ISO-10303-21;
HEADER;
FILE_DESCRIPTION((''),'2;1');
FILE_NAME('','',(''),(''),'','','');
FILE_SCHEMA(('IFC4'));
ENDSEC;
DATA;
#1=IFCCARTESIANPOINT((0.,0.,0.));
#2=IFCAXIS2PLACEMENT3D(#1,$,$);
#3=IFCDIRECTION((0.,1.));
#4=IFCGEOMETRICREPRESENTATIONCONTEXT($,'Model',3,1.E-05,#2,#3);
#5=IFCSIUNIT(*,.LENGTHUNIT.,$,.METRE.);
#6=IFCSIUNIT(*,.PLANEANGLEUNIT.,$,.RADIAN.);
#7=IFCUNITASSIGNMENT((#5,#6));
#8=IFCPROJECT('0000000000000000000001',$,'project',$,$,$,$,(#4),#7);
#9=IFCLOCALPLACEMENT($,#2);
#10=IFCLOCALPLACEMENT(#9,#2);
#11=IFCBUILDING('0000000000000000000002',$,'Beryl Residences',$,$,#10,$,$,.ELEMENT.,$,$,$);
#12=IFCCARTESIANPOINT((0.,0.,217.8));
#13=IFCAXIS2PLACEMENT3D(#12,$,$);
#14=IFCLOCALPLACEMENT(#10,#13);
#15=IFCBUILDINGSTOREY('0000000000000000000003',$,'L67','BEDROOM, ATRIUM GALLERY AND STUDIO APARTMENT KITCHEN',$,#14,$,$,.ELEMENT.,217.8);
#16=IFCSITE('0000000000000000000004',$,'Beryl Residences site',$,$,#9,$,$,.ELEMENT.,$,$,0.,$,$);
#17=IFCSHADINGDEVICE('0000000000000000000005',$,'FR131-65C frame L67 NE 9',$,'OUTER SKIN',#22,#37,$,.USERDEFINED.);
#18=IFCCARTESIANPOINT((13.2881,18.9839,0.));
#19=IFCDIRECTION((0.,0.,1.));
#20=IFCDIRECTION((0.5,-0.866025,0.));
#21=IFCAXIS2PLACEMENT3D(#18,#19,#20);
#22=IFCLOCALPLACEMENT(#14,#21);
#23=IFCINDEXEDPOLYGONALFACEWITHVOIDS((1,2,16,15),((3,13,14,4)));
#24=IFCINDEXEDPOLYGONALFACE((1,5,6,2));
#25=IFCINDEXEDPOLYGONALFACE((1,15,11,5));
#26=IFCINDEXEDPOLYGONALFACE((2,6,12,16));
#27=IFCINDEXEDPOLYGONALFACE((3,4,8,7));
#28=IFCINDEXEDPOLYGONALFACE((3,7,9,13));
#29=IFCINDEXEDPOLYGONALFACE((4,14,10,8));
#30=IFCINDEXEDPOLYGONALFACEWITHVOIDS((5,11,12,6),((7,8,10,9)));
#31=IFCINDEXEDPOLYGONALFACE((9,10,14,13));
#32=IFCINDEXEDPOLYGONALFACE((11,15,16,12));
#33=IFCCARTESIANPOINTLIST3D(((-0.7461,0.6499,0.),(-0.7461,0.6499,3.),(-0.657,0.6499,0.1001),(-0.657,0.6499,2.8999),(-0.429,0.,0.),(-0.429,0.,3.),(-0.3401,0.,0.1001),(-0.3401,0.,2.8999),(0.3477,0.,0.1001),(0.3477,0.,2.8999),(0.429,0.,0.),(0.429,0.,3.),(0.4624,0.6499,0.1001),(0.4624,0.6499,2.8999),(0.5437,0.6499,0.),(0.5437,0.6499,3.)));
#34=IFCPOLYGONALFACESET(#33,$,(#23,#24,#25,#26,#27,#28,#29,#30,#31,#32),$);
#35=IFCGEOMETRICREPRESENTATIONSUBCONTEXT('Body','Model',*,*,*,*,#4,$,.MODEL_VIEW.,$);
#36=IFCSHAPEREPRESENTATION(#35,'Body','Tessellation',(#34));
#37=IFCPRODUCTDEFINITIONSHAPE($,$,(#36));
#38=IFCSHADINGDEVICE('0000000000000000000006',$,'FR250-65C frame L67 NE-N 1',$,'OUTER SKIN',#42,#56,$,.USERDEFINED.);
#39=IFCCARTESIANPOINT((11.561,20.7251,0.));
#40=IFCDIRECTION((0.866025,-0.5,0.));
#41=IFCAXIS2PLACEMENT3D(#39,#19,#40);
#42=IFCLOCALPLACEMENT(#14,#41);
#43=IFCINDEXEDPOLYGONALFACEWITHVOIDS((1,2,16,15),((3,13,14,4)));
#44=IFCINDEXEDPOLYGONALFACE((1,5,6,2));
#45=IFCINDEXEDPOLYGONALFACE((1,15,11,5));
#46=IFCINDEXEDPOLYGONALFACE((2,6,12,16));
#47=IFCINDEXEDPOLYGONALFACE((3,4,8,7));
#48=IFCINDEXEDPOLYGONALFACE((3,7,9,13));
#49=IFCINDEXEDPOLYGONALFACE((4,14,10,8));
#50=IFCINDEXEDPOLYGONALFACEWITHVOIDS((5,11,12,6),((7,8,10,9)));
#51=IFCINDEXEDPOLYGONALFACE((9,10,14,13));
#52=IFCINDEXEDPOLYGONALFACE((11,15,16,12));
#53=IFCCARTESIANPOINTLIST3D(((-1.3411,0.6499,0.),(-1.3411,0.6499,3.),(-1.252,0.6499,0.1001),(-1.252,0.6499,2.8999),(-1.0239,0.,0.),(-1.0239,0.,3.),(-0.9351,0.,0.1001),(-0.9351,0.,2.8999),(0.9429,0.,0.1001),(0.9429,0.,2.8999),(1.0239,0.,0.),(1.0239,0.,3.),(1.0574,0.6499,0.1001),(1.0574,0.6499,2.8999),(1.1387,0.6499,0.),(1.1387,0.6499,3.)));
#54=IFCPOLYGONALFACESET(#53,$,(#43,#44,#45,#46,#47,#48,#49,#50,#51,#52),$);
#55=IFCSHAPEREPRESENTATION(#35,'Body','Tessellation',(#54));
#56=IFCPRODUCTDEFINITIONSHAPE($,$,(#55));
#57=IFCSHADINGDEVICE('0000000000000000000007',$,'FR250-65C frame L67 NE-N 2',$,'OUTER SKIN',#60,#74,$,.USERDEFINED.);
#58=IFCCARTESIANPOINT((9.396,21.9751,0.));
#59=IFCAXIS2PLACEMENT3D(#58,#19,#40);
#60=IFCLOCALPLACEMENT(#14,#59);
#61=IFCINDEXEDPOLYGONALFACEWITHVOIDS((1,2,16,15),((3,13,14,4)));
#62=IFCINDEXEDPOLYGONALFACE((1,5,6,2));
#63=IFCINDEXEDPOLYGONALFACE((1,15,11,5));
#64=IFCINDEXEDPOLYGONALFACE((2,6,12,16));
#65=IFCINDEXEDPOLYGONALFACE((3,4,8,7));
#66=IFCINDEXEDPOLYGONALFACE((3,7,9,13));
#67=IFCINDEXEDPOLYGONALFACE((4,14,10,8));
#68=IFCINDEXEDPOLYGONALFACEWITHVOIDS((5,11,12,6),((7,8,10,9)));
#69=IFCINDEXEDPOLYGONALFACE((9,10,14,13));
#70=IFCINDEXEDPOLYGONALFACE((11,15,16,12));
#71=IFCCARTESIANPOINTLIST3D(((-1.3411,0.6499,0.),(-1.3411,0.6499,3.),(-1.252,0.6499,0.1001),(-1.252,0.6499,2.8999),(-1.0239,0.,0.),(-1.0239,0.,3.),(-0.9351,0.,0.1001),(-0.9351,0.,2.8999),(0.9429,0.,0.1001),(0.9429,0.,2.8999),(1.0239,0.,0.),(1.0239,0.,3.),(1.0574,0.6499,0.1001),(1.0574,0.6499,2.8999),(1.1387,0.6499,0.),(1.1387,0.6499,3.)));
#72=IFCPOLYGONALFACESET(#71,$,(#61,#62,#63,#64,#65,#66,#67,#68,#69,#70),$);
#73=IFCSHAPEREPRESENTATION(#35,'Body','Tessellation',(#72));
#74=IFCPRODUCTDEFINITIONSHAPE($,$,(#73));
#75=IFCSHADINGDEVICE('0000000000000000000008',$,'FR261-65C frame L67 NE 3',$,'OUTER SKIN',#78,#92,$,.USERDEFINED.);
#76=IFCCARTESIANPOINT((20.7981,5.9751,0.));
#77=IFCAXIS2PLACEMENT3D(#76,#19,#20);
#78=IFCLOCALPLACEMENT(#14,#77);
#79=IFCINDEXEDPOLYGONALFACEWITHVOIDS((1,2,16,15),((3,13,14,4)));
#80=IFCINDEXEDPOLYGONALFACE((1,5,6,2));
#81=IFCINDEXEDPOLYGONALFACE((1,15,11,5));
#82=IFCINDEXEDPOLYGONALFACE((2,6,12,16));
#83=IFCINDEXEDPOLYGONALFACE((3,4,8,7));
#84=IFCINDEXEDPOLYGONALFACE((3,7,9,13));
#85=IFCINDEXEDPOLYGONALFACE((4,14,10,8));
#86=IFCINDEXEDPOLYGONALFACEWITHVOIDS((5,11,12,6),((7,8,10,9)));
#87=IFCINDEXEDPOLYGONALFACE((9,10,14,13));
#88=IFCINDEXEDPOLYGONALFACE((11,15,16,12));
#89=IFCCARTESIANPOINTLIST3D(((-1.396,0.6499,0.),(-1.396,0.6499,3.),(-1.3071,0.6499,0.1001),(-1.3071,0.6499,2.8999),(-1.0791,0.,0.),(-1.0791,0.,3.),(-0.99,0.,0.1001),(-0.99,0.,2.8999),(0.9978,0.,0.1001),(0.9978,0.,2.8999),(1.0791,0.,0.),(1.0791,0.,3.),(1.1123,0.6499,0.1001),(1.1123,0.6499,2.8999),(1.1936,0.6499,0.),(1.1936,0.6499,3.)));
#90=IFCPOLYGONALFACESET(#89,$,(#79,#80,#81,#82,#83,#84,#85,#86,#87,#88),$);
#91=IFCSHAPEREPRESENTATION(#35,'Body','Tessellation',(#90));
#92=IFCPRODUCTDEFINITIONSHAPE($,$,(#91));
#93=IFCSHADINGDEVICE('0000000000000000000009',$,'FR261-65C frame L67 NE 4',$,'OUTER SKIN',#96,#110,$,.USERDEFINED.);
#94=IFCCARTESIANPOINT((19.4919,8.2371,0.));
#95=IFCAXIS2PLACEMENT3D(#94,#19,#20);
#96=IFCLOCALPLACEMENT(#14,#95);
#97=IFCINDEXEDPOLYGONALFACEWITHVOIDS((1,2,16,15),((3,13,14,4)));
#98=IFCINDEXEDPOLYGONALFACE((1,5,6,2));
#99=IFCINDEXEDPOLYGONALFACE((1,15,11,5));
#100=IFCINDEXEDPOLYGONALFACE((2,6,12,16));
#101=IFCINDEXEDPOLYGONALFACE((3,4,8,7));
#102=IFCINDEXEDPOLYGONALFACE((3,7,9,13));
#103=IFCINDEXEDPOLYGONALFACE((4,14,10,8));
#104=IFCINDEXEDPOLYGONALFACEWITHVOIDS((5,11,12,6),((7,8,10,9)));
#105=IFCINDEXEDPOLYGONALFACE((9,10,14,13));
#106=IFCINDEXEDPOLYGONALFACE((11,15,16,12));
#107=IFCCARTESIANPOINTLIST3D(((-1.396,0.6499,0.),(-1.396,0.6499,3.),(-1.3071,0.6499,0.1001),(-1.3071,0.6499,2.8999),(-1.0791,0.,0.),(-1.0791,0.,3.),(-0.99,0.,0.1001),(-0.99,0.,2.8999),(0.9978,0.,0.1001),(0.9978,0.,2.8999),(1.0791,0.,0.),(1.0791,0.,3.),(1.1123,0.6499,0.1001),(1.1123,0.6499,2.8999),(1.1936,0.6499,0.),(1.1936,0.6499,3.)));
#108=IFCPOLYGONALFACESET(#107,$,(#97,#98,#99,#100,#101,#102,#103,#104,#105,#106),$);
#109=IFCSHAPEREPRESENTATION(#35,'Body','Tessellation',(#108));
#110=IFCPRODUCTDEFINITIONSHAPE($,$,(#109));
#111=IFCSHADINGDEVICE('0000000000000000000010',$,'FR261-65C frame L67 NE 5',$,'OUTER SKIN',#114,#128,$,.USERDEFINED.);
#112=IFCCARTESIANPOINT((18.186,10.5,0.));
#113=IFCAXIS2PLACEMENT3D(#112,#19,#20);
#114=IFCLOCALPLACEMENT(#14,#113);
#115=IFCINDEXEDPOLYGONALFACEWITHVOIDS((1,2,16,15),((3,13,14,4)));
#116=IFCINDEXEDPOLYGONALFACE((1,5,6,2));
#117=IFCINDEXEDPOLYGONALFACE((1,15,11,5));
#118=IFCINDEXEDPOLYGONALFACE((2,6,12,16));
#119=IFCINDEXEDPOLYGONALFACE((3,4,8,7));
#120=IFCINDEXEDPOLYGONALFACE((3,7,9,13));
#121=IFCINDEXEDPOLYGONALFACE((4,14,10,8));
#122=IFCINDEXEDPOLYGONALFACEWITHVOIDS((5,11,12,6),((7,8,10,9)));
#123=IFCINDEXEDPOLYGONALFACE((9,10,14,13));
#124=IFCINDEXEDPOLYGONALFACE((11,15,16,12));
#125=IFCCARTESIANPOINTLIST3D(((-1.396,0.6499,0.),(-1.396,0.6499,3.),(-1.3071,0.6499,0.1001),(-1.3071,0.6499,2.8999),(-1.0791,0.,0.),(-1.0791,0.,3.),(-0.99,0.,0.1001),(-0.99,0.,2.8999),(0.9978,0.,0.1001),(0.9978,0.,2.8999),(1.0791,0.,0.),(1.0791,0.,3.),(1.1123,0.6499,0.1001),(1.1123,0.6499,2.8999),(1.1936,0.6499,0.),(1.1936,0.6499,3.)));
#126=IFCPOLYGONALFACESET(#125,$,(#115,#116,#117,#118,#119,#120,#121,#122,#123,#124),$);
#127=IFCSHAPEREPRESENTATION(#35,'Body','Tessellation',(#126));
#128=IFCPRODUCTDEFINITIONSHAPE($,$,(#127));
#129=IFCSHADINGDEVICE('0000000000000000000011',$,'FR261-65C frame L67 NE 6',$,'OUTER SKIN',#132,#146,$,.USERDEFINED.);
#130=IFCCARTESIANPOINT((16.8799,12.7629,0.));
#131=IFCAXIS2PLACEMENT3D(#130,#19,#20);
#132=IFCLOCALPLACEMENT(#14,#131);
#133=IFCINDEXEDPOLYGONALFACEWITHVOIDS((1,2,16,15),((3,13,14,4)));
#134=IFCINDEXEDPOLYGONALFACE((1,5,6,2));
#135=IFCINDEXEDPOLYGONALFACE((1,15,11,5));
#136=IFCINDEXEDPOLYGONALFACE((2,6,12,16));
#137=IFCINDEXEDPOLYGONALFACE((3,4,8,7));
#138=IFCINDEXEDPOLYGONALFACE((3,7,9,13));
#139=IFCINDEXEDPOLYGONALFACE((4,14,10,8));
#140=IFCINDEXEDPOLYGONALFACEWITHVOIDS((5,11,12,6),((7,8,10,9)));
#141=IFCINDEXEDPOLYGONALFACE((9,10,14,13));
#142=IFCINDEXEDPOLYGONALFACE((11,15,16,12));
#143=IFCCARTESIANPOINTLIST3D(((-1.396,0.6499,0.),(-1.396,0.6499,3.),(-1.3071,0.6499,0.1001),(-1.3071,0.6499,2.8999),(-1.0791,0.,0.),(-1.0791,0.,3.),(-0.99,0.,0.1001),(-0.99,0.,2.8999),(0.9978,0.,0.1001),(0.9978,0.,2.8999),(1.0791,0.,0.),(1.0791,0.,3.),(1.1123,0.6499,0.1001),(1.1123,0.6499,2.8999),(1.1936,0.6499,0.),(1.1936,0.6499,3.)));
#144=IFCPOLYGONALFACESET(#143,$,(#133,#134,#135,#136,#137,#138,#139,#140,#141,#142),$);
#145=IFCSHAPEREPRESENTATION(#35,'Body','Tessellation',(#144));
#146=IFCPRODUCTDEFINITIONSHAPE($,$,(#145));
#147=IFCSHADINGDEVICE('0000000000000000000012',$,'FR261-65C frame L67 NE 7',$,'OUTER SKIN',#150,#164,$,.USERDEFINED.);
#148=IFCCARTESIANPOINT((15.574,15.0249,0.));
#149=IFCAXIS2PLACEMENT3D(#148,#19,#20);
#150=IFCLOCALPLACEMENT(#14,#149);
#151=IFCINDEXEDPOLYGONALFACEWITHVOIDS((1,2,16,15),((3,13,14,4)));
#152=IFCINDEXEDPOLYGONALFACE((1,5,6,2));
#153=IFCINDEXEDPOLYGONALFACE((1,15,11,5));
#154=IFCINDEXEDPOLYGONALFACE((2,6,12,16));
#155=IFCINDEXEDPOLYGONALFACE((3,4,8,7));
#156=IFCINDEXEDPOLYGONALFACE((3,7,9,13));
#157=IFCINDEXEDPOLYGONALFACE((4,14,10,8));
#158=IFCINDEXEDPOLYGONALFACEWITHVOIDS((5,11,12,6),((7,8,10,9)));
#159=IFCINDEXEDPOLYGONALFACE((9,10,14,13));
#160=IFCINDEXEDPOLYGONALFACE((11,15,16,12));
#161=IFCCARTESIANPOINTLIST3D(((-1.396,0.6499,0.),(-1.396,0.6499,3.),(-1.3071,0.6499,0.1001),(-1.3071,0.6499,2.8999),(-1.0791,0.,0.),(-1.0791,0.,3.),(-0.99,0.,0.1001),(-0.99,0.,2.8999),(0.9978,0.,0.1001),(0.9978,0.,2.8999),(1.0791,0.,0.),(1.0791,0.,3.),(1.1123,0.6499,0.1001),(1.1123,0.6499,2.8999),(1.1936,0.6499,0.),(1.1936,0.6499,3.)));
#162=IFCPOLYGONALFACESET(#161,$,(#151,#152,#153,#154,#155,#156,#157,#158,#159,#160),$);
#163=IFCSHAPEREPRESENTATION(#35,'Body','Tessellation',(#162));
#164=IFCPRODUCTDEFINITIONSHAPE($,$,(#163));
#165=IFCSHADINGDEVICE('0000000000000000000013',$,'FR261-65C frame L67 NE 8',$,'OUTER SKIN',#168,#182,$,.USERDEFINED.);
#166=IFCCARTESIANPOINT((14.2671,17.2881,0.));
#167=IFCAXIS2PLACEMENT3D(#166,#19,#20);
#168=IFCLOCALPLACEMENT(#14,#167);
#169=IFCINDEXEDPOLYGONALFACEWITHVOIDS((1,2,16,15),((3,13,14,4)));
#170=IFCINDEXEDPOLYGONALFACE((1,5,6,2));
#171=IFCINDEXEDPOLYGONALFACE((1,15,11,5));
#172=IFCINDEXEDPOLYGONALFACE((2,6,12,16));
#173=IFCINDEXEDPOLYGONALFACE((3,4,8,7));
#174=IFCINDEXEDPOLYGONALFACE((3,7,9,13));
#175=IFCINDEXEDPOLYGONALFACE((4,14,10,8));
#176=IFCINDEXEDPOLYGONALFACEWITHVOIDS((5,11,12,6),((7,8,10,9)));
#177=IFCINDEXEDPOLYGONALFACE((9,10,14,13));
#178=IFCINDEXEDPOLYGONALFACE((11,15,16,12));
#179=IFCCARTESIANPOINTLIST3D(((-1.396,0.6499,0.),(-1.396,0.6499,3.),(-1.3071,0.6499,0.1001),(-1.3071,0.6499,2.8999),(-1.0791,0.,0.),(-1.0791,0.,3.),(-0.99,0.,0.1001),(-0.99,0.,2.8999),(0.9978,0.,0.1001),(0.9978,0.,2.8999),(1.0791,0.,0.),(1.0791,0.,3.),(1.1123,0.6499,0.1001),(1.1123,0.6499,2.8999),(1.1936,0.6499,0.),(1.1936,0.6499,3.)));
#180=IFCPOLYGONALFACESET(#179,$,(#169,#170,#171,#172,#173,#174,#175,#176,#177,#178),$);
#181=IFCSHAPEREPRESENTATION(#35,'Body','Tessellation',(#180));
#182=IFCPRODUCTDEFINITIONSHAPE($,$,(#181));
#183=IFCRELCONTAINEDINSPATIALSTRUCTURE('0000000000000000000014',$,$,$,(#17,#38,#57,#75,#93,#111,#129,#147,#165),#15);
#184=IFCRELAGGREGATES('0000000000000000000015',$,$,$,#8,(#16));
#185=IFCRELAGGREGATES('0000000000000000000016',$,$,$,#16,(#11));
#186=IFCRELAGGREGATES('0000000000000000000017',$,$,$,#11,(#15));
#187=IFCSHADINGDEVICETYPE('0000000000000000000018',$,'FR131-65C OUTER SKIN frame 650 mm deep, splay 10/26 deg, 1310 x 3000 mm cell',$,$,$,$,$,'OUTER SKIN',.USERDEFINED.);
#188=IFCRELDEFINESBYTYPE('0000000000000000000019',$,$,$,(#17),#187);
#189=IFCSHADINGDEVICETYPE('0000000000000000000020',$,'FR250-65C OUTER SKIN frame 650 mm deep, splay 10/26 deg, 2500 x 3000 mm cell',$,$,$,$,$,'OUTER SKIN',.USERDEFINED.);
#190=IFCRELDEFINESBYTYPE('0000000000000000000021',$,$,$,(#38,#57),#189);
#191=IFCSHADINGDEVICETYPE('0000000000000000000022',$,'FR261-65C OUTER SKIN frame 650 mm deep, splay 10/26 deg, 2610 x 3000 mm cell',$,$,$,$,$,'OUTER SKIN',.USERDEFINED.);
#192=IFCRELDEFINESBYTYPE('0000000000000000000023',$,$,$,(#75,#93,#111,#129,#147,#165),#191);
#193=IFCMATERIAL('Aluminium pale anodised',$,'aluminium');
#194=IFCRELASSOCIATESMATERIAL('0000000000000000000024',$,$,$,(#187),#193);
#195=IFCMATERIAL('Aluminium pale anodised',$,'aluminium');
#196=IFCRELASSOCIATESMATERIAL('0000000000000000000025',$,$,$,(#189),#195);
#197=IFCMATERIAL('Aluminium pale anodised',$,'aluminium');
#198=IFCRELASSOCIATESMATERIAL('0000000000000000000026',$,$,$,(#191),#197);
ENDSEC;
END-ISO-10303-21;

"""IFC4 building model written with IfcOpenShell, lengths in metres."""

from ifc_helpers import new_model, entity, si_unit, direction, frame, origin, place, context, subcontext, project, spatial, source, transform, mapped, material, type_object, type_shapes, element, save


model = new_model("IFC4")

# Units and contexts
model_context = context("Model", 3, precision=1e-05, world=origin(), true_north=direction((0.0, 1.0)))
body_context = subcontext(model_context, "Body", "Model", "MODEL_VIEW")
ifc_project = project(units=[si_unit("LENGTHUNIT", "METRE"), si_unit("PLANEANGLEUNIT", "RADIAN")], contexts=[model_context])

# Site, building, storey
site_placement = place(None, origin())
site = spatial("IfcSite", under=ifc_project, at=site_placement, Name="Beryl Residences site", CompositionType="ELEMENT", RefElevation=0.0)
building_placement = place(site_placement, origin())
building = spatial("IfcBuilding", under=site, at=building_placement, Name="Beryl Residences", CompositionType="ELEMENT")
storey_placement = place(building_placement, frame((0.0, 0.0, 217.8)))
storey = spatial("IfcBuildingStorey", under=building, at=storey_placement, Name="L67", Description="BEDROOM, ATRIUM GALLERY AND STUDIO APARTMENT KITCHEN", CompositionType="ELEMENT", Elevation=217.8)

# Shading devices
ifc_material_1 = material(Name="Aluminium pale anodised", Category="aluminium")
shading_device_type_1 = type_object("IfcShadingDeviceType", Name="FR131-65C OUTER SKIN frame 650 mm deep, splay 10/26 deg, 1310 x 3000 mm cell", ElementType="OUTER SKIN", PredefinedType="USERDEFINED", material=ifc_material_1)
cartesian_point_1 = entity("IfcCartesianPoint", [-0.429, 0.0])
cartesian_point_2 = entity("IfcCartesianPoint", [-0.3477, 0.1001])
cartesian_point_3 = entity("IfcCartesianPoint", [-0.5437, 0.0])
cartesian_point_4 = entity("IfcCartesianPoint", [-0.4624, 0.1001])
shared_shape_1 = source(origin(), body_context, "Body", "SweptSolid", [
    entity("IfcExtrudedAreaSolidTapered", entity("IfcArbitraryProfileDefWithVoids", "AREA", None, entity("IfcPolyline", [cartesian_point_1, entity("IfcCartesianPoint", [0.429, 0.0]), entity("IfcCartesianPoint", [0.429, 3.0]), entity("IfcCartesianPoint", [-0.429, 3.0]), cartesian_point_1]), [entity("IfcPolyline", [cartesian_point_2, entity("IfcCartesianPoint", [0.3401, 0.1001]), entity("IfcCartesianPoint", [0.3401, 2.8999]), entity("IfcCartesianPoint", [-0.3477, 2.8999]), cartesian_point_2])]), entity("IfcAxis2Placement3D", entity("IfcCartesianPoint", [0.0, 0.0, 0.0]), entity("IfcDirection", [0.0, 1.0, 0.0]), entity("IfcDirection", [-1.0, 0.0, 0.0])), entity("IfcDirection", [0.0, 0.0, 1.0]), 0.6499, entity("IfcArbitraryProfileDefWithVoids", "AREA", None, entity("IfcPolyline", [cartesian_point_3, entity("IfcCartesianPoint", [0.7461, 0.0]), entity("IfcCartesianPoint", [0.7461, 3.0]), entity("IfcCartesianPoint", [-0.5437, 3.0]), cartesian_point_3]), [entity("IfcPolyline", [cartesian_point_4, entity("IfcCartesianPoint", [0.657, 0.1001]), entity("IfcCartesianPoint", [0.657, 2.8999]), entity("IfcCartesianPoint", [-0.4624, 2.8999]), cartesian_point_4])])),
])
type_shapes(shading_device_type_1, [shared_shape_1])
shading_device_placement = place(storey_placement, frame((13.2881, 18.9839, 0.0), z_axis=(0.0, 0.0, 1.0), x_axis=(0.5, -0.866025, 0.0)))
element("IfcShadingDevice", 1, at=shading_device_placement, inside=storey, type_object=shading_device_type_1, Name="FR131-65C frame L67 NE 9", ObjectType="OUTER SKIN", PredefinedType="USERDEFINED", context=body_context, shape_type="MappedRepresentation", body=[
    mapped(shared_shape_1, transform((0.0, 0.0, 0.0))),
])
ifc_material_2 = material(Name="Aluminium pale anodised", Category="aluminium")
shading_device_type_2 = type_object("IfcShadingDeviceType", Name="FR250-65C OUTER SKIN frame 650 mm deep, splay 10/26 deg, 2500 x 3000 mm cell", ElementType="OUTER SKIN", PredefinedType="USERDEFINED", material=ifc_material_2)
cartesian_point_5 = entity("IfcCartesianPoint", [-1.0239, 0.0])
cartesian_point_6 = entity("IfcCartesianPoint", [-0.9429, 0.1001])
cartesian_point_7 = entity("IfcCartesianPoint", [-1.1387, 0.0])
cartesian_point_8 = entity("IfcCartesianPoint", [-1.0574, 0.1001])
shared_shape_2 = source(origin(), body_context, "Body", "SweptSolid", [
    entity("IfcExtrudedAreaSolidTapered", entity("IfcArbitraryProfileDefWithVoids", "AREA", None, entity("IfcPolyline", [cartesian_point_5, entity("IfcCartesianPoint", [1.0239, 0.0]), entity("IfcCartesianPoint", [1.0239, 3.0]), entity("IfcCartesianPoint", [-1.0239, 3.0]), cartesian_point_5]), [entity("IfcPolyline", [cartesian_point_6, entity("IfcCartesianPoint", [0.9351, 0.1001]), entity("IfcCartesianPoint", [0.9351, 2.8999]), entity("IfcCartesianPoint", [-0.9429, 2.8999]), cartesian_point_6])]), entity("IfcAxis2Placement3D", entity("IfcCartesianPoint", [0.0, 0.0, 0.0]), entity("IfcDirection", [0.0, 1.0, 0.0]), entity("IfcDirection", [-1.0, 0.0, 0.0])), entity("IfcDirection", [0.0, 0.0, 1.0]), 0.6499, entity("IfcArbitraryProfileDefWithVoids", "AREA", None, entity("IfcPolyline", [cartesian_point_7, entity("IfcCartesianPoint", [1.3411, 0.0]), entity("IfcCartesianPoint", [1.3411, 3.0]), entity("IfcCartesianPoint", [-1.1387, 3.0]), cartesian_point_7]), [entity("IfcPolyline", [cartesian_point_8, entity("IfcCartesianPoint", [1.252, 0.1001]), entity("IfcCartesianPoint", [1.252, 2.8999]), entity("IfcCartesianPoint", [-1.0574, 2.8999]), cartesian_point_8])])),
])
type_shapes(shading_device_type_2, [shared_shape_2])
for number, where, z_axis, x_axis, name in (
    (2, (11.561, 20.7251, 0.0), (0.0, 0.0, 1.0), (0.866025, -0.5, 0.0), "FR250-65C frame L67 NE-N 1"),
    (3, (9.396, 21.9751, 0.0), (0.0, 0.0, 1.0), (0.866025, -0.5, 0.0), "FR250-65C frame L67 NE-N 2"),
):
    element("IfcShadingDevice", number, at=place(storey_placement, frame(where, z_axis=z_axis, x_axis=x_axis)), inside=storey, type_object=shading_device_type_2, Name=name, ObjectType="OUTER SKIN", PredefinedType="USERDEFINED", context=body_context, shape_type="MappedRepresentation", body=[
        mapped(shared_shape_2, transform((0.0, 0.0, 0.0))),
    ])
ifc_material_3 = material(Name="Aluminium pale anodised", Category="aluminium")
shading_device_type_3 = type_object("IfcShadingDeviceType", Name="FR261-65C OUTER SKIN frame 650 mm deep, splay 10/26 deg, 2610 x 3000 mm cell", ElementType="OUTER SKIN", PredefinedType="USERDEFINED", material=ifc_material_3)
cartesian_point_9 = entity("IfcCartesianPoint", [-1.0791, 0.0])
cartesian_point_10 = entity("IfcCartesianPoint", [-0.9978, 0.1001])
cartesian_point_11 = entity("IfcCartesianPoint", [-1.1936, 0.0])
cartesian_point_12 = entity("IfcCartesianPoint", [-1.1123, 0.1001])
shared_shape_3 = source(origin(), body_context, "Body", "SweptSolid", [
    entity("IfcExtrudedAreaSolidTapered", entity("IfcArbitraryProfileDefWithVoids", "AREA", None, entity("IfcPolyline", [cartesian_point_9, entity("IfcCartesianPoint", [1.0791, 0.0]), entity("IfcCartesianPoint", [1.0791, 3.0]), entity("IfcCartesianPoint", [-1.0791, 3.0]), cartesian_point_9]), [entity("IfcPolyline", [cartesian_point_10, entity("IfcCartesianPoint", [0.99, 0.1001]), entity("IfcCartesianPoint", [0.99, 2.8999]), entity("IfcCartesianPoint", [-0.9978, 2.8999]), cartesian_point_10])]), entity("IfcAxis2Placement3D", entity("IfcCartesianPoint", [0.0, 0.0, 0.0]), entity("IfcDirection", [0.0, 1.0, 0.0]), entity("IfcDirection", [-1.0, 0.0, 0.0])), entity("IfcDirection", [0.0, 0.0, 1.0]), 0.6499, entity("IfcArbitraryProfileDefWithVoids", "AREA", None, entity("IfcPolyline", [cartesian_point_11, entity("IfcCartesianPoint", [1.396, 0.0]), entity("IfcCartesianPoint", [1.396, 3.0]), entity("IfcCartesianPoint", [-1.1936, 3.0]), cartesian_point_11]), [entity("IfcPolyline", [cartesian_point_12, entity("IfcCartesianPoint", [1.3071, 0.1001]), entity("IfcCartesianPoint", [1.3071, 2.8999]), entity("IfcCartesianPoint", [-1.1123, 2.8999]), cartesian_point_12])])),
])
type_shapes(shading_device_type_3, [shared_shape_3])
for number, where, z_axis, x_axis, name in (
    (4, (20.7981, 5.9751, 0.0), (0.0, 0.0, 1.0), (0.5, -0.866025, 0.0), "FR261-65C frame L67 NE 3"),
    (5, (19.4919, 8.2371, 0.0), (0.0, 0.0, 1.0), (0.5, -0.866025, 0.0), "FR261-65C frame L67 NE 4"),
    (6, (18.186, 10.5, 0.0), (0.0, 0.0, 1.0), (0.5, -0.866025, 0.0), "FR261-65C frame L67 NE 5"),
    (7, (16.8799, 12.7629, 0.0), (0.0, 0.0, 1.0), (0.5, -0.866025, 0.0), "FR261-65C frame L67 NE 6"),
    (8, (15.574, 15.0249, 0.0), (0.0, 0.0, 1.0), (0.5, -0.866025, 0.0), "FR261-65C frame L67 NE 7"),
    (9, (14.2671, 17.2881, 0.0), (0.0, 0.0, 1.0), (0.5, -0.866025, 0.0), "FR261-65C frame L67 NE 8"),
):
    element("IfcShadingDevice", number, at=place(storey_placement, frame(where, z_axis=z_axis, x_axis=x_axis)), inside=storey, type_object=shading_device_type_3, Name=name, ObjectType="OUTER SKIN", PredefinedType="USERDEFINED", context=body_context, shape_type="MappedRepresentation", body=[
        mapped(shared_shape_3, transform((0.0, 0.0, 0.0))),
    ])

save(model, "model.ifc")
